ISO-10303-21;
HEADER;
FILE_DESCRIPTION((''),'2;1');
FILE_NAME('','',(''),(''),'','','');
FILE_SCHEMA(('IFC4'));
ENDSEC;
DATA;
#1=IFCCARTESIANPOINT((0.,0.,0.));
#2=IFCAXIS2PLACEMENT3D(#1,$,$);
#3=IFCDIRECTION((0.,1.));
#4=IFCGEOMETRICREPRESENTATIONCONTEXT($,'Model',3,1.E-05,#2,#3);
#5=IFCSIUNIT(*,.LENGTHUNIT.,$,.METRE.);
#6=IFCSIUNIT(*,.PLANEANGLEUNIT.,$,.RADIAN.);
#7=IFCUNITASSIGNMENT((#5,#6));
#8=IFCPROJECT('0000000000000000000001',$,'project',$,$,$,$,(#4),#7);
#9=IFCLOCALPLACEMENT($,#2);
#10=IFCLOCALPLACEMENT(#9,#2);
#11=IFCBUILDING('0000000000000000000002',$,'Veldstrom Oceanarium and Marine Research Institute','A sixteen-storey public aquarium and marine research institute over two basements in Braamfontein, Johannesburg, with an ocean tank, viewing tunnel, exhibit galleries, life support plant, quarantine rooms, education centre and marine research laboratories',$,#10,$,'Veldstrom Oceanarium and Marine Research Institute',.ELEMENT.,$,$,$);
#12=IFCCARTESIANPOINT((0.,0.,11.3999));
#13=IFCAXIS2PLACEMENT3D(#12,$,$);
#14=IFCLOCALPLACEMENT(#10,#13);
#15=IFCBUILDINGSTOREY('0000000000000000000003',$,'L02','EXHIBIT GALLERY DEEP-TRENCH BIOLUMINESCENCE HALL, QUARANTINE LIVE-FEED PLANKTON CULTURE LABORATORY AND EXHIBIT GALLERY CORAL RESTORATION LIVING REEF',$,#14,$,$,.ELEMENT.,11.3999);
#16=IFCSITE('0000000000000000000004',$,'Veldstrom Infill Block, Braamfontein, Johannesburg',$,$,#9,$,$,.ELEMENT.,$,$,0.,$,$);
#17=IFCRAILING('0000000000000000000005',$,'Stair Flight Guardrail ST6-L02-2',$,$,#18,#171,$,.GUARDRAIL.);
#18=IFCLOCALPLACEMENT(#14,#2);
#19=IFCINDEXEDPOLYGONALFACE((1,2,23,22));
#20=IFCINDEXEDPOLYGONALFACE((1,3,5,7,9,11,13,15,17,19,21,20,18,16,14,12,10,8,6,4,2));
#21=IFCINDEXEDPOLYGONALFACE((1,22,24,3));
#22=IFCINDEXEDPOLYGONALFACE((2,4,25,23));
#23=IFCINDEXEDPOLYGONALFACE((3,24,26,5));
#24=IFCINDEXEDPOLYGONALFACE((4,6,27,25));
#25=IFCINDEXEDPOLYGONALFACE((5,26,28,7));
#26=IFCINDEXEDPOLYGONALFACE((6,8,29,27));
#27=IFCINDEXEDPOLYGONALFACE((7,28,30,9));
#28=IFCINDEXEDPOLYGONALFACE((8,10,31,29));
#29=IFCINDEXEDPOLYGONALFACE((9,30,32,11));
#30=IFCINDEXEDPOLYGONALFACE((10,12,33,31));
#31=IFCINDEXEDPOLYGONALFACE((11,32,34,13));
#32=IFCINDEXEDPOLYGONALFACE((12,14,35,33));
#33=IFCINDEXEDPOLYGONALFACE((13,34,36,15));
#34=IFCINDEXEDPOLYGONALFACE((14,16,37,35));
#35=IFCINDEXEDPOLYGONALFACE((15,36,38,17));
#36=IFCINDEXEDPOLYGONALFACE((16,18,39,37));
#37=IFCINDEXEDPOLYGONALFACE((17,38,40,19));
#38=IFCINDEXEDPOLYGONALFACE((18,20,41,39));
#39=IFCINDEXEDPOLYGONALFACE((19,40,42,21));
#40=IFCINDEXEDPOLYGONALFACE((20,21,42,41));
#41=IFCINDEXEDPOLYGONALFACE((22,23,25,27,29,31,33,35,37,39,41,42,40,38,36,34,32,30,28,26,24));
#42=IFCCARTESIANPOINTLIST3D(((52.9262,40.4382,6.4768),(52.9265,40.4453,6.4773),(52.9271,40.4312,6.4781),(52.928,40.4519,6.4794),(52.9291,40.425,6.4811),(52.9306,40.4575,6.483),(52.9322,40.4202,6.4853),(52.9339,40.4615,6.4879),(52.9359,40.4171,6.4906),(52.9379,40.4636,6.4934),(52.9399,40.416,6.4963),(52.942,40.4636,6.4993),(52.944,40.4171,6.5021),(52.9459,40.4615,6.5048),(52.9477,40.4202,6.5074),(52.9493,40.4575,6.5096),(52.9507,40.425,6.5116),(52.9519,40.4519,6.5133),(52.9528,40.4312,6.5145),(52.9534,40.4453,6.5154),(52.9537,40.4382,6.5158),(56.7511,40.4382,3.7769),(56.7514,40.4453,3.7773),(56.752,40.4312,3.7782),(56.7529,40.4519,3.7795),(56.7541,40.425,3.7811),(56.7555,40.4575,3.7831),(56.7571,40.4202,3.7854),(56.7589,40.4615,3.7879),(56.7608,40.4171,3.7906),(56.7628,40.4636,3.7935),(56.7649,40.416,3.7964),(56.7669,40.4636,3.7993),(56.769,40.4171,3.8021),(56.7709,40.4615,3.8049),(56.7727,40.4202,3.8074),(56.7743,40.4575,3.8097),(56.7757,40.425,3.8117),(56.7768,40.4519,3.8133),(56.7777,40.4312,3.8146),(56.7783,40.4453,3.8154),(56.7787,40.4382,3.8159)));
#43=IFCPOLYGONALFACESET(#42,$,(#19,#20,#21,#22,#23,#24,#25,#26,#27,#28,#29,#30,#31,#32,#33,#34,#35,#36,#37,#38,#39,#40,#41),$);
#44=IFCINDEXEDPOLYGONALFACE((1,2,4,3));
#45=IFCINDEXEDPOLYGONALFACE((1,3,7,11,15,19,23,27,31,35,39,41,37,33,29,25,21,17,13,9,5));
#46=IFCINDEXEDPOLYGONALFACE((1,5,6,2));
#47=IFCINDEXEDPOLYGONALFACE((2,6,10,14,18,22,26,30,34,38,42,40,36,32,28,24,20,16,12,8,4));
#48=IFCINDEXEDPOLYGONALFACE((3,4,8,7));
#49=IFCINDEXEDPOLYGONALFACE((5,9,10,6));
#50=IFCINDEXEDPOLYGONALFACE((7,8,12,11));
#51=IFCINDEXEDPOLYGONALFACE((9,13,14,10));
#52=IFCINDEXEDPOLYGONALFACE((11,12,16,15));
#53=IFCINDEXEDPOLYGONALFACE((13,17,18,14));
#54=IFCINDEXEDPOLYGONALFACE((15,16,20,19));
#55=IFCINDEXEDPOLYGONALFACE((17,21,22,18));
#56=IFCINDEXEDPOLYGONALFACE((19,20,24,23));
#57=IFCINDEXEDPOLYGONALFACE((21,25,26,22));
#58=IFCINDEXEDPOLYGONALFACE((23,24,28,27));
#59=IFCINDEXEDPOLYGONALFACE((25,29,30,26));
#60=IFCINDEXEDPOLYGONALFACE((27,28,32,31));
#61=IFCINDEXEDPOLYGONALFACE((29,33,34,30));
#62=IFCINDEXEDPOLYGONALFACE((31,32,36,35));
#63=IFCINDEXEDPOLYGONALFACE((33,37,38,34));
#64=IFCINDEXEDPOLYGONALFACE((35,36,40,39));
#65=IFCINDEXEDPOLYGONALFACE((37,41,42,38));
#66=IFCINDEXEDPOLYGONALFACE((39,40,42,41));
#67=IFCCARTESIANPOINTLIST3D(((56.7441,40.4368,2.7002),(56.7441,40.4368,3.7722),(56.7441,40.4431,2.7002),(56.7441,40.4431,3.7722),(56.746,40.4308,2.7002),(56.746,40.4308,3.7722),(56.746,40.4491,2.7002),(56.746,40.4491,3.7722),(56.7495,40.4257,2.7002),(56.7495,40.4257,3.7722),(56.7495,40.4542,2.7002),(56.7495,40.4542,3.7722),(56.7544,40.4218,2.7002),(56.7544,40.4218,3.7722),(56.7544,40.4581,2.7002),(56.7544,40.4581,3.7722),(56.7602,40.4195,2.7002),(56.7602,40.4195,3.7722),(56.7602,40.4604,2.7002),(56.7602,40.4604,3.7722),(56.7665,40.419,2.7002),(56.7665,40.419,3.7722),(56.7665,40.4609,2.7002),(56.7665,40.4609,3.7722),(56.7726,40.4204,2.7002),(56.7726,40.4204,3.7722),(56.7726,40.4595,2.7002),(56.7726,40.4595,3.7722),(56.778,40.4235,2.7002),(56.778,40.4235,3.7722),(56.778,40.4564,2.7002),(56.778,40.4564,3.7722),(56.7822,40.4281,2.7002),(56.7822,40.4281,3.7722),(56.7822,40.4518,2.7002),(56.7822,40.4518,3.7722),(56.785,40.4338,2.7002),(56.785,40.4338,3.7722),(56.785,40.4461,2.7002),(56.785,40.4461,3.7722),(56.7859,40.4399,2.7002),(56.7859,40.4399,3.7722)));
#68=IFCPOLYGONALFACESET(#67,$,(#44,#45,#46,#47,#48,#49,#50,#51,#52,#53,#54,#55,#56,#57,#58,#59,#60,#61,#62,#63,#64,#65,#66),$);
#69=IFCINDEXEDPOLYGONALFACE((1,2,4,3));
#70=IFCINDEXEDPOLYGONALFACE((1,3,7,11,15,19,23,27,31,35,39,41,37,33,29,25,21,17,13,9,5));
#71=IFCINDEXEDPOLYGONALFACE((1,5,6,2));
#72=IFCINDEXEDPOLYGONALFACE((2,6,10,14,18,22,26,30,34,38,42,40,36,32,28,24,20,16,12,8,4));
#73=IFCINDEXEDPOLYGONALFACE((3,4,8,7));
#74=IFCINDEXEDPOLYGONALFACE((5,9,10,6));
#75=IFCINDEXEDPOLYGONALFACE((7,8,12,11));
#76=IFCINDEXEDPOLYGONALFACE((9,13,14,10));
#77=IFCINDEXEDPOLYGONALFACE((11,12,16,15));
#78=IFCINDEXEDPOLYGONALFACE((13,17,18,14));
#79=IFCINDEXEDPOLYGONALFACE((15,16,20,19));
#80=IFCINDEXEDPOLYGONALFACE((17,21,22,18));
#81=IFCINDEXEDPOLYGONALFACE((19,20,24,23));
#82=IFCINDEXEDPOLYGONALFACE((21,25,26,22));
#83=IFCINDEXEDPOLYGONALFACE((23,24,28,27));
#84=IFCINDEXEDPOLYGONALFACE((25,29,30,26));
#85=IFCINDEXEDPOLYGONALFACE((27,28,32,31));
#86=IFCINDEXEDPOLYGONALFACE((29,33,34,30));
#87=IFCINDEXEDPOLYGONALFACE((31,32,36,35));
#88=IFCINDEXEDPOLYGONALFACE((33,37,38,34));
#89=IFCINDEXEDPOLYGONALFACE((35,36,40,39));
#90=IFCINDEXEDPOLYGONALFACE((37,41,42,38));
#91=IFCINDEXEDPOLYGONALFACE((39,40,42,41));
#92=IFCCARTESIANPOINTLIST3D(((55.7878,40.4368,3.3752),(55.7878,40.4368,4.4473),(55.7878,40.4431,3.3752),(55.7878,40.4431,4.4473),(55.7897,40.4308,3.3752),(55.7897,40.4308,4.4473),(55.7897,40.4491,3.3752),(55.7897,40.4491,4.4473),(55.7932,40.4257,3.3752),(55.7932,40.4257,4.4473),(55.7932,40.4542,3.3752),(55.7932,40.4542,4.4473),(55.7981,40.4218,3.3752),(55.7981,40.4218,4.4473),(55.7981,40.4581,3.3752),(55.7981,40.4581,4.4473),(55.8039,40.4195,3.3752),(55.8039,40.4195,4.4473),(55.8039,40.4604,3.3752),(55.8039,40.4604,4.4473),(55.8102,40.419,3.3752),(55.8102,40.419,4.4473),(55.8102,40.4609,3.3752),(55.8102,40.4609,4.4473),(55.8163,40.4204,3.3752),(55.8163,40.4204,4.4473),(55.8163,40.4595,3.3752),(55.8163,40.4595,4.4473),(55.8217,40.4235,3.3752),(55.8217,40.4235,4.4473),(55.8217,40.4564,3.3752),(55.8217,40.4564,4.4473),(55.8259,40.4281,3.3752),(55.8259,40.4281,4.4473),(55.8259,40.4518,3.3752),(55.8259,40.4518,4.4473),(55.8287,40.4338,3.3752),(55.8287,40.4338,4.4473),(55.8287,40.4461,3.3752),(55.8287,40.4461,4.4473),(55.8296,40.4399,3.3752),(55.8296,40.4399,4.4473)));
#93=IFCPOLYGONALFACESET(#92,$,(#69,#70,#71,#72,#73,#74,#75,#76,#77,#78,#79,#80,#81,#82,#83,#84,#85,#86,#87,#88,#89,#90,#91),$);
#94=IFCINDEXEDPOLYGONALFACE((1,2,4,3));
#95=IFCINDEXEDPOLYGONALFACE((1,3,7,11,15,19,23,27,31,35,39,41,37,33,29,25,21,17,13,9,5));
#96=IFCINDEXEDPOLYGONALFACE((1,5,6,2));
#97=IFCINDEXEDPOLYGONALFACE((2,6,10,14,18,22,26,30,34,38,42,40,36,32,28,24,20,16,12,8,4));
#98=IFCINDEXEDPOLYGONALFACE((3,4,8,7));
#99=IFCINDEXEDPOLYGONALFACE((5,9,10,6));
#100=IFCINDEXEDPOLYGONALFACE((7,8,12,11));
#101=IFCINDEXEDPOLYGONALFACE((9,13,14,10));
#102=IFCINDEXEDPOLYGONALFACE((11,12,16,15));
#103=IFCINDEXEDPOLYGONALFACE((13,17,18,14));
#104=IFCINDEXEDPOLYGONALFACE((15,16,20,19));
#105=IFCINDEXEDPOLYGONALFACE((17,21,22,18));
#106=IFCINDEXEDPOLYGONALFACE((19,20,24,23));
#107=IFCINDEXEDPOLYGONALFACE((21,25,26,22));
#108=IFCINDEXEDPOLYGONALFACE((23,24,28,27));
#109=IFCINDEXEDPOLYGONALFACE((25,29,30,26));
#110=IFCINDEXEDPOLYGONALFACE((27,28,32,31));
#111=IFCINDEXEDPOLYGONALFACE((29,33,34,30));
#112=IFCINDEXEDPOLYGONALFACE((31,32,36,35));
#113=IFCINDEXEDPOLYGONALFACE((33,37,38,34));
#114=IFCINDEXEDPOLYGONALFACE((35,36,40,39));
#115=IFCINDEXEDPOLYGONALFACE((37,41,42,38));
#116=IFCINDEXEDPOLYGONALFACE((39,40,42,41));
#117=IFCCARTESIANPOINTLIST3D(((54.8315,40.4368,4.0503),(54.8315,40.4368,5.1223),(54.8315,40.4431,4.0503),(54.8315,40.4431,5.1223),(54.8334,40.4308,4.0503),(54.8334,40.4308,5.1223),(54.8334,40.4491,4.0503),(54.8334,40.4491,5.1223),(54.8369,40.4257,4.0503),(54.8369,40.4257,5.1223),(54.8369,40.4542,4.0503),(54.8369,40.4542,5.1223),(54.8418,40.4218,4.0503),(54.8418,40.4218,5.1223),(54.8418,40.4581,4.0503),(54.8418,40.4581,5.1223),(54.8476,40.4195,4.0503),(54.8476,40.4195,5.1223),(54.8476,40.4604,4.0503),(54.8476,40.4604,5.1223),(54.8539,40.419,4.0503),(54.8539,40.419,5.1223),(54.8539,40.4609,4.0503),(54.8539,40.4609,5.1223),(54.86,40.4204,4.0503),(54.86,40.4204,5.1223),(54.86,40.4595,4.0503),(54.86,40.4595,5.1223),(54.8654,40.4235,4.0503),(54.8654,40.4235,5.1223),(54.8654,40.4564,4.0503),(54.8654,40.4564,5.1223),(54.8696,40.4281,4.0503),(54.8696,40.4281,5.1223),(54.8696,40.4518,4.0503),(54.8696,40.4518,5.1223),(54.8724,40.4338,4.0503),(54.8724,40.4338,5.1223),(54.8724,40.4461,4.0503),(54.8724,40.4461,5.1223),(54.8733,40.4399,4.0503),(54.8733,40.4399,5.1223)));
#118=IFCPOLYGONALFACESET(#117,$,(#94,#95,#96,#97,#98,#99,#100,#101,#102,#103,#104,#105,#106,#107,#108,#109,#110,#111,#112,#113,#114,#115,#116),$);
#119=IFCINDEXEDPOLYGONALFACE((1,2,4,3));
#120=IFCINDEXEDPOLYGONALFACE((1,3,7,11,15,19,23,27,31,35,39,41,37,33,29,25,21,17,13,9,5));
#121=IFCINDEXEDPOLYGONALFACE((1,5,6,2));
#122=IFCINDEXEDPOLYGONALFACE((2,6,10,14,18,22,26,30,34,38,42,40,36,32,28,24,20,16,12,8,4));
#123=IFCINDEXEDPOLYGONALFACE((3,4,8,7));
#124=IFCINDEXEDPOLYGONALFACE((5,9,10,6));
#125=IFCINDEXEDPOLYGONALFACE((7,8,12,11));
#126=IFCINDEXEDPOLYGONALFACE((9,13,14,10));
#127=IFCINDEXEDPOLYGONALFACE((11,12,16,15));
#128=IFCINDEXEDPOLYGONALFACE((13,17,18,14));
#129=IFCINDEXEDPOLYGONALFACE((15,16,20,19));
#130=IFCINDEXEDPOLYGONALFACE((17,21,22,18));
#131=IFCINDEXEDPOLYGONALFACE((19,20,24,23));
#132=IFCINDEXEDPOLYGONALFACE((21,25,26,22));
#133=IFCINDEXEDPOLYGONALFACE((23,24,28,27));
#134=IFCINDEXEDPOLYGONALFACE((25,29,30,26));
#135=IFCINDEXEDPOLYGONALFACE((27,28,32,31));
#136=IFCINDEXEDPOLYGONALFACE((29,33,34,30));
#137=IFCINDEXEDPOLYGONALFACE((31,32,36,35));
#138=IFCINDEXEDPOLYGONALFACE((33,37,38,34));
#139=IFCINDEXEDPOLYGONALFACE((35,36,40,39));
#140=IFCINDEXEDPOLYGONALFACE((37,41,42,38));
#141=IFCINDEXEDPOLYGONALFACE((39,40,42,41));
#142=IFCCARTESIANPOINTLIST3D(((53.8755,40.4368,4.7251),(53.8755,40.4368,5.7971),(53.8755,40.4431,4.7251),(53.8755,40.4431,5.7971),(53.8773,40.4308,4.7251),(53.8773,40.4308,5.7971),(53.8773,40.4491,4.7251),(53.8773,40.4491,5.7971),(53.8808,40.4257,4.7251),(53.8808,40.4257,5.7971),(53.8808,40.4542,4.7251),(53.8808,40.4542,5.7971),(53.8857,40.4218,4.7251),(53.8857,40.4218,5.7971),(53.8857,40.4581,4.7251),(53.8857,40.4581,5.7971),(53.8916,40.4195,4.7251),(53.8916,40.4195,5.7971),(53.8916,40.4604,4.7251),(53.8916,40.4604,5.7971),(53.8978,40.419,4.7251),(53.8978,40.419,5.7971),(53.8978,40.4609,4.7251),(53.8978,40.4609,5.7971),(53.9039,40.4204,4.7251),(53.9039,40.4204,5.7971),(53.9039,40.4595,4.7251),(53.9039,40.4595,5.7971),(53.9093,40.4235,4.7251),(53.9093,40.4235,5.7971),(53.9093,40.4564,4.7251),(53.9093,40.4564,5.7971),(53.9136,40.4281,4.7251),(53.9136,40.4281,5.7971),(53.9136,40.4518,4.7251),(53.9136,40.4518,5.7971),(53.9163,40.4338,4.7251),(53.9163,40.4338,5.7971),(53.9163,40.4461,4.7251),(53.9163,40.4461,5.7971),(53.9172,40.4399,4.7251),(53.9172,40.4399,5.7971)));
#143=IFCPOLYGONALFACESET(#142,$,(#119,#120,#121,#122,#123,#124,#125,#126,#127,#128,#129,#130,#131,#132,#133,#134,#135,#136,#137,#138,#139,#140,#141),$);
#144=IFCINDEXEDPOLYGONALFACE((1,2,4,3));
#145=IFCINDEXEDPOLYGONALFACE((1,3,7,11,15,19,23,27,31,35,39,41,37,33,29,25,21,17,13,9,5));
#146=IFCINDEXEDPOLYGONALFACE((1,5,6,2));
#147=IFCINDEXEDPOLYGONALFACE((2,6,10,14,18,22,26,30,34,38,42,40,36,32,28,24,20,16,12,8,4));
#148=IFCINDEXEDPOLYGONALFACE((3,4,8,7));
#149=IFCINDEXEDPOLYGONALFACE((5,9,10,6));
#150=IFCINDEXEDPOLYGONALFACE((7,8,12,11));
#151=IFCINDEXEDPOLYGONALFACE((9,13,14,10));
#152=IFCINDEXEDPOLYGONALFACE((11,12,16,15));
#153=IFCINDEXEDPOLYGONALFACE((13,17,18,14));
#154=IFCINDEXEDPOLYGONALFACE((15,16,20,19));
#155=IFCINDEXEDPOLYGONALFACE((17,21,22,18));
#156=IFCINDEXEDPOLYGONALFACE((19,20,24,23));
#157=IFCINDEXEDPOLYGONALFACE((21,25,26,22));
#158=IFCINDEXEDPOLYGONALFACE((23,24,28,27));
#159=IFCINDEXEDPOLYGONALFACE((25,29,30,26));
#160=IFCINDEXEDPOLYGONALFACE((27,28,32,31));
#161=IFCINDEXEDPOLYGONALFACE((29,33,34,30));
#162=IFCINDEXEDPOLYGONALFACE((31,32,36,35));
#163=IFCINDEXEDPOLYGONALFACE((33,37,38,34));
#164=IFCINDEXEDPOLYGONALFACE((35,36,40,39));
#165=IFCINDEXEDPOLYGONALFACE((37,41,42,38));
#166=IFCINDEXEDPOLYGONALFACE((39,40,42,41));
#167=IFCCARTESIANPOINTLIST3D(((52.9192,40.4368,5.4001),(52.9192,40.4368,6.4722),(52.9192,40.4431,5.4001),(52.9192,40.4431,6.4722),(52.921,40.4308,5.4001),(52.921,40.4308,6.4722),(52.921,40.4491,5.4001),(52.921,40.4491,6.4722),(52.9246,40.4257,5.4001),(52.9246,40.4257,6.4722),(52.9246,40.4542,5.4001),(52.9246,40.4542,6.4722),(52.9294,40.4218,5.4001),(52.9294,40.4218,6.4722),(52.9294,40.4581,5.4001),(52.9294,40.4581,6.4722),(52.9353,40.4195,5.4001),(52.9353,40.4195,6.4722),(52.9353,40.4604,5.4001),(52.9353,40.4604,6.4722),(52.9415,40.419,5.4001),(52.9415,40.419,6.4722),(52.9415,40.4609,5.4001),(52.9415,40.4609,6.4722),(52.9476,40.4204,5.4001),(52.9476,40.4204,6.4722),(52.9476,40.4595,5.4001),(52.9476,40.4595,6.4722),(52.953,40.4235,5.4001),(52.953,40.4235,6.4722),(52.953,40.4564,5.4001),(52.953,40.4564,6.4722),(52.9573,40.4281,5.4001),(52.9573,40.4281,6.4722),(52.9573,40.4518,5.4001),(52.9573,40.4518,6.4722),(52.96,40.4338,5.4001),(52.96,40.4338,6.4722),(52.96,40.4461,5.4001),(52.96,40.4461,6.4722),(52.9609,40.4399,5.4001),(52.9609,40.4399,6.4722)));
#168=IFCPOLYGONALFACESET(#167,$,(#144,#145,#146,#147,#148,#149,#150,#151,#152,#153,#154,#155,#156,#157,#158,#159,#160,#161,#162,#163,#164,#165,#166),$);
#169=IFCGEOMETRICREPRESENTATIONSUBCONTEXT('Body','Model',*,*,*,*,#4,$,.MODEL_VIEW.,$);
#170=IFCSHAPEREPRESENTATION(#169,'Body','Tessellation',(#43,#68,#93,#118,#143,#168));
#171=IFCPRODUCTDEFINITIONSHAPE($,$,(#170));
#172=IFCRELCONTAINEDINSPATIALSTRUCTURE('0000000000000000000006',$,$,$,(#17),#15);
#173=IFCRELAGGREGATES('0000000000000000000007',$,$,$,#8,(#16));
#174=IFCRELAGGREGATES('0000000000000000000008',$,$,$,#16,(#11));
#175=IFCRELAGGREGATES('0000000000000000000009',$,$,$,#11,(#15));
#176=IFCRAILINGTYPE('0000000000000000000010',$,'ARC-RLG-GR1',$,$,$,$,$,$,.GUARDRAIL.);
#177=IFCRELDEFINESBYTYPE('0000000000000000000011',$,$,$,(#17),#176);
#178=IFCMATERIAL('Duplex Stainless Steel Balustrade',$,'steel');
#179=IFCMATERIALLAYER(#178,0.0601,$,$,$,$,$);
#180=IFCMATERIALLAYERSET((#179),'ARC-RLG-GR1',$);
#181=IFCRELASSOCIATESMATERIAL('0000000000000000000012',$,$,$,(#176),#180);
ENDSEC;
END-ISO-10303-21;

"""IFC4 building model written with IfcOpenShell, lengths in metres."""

from ifc_helpers import new_model, si_unit, direction, frame, origin, origin_2d, place, context, subcontext, project, spatial, circle, extrude, material, layer, layer_set, type_object, element, save


model = new_model("IFC4")

# Units and contexts
model_context = context("Model", 3, precision=1e-05, world=origin(), true_north=direction((0.0, 1.0)))
body_context = subcontext(model_context, "Body", "Model", "MODEL_VIEW")
ifc_project = project(units=[si_unit("LENGTHUNIT", "METRE"), si_unit("PLANEANGLEUNIT", "RADIAN")], contexts=[model_context])

# Site, building, storey
site_placement = place(None, origin())
site = spatial("IfcSite", under=ifc_project, at=site_placement, Name="Veldstrom Infill Block, Braamfontein, Johannesburg", CompositionType="ELEMENT", RefElevation=0.0)
building_placement = place(site_placement, origin())
building = spatial("IfcBuilding", under=site, at=building_placement, Name="Veldstrom Oceanarium and Marine Research Institute", Description="A sixteen-storey public aquarium and marine research institute over two basements in Braamfontein, Johannesburg, with an ocean tank, viewing tunnel, exhibit galleries, life support plant, quarantine rooms, education centre and marine research laboratories", LongName="Veldstrom Oceanarium and Marine Research Institute", CompositionType="ELEMENT")
storey_placement = place(building_placement, frame((0.0, 0.0, 11.3999)))
storey = spatial("IfcBuildingStorey", under=building, at=storey_placement, Name="L02", Description="EXHIBIT GALLERY DEEP-TRENCH BIOLUMINESCENCE HALL, QUARANTINE LIVE-FEED PLANKTON CULTURE LABORATORY AND EXHIBIT GALLERY CORAL RESTORATION LIVING REEF", CompositionType="ELEMENT", Elevation=11.3999)

# Railing
ifc_material_1 = material(Name="Duplex Stainless Steel Balustrade", Category="steel")
ifc_layer_1 = layer(ifc_material_1, 0.0601)
ifc_layer_set_1 = layer_set([ifc_layer_1], Name="ARC-RLG-GR1")
railing_type_1 = type_object("IfcRailingType", Name="ARC-RLG-GR1", PredefinedType="GUARDRAIL", material=ifc_layer_set_1)
railing_1_placement = place(storey_placement, frame((56.7649, 40.4399, 2.7002)))
element("IfcRailing", 1, at=railing_1_placement, inside=storey, type_object=railing_type_1, Name="Stair Flight Guardrail ST6-L02-2", PredefinedType="GUARDRAIL", context=body_context, shape_type="SweptSolid", body=[
    extrude(circle(Radius=0.0239, at=origin_2d()), frame((0.0, 0.0, 1.0962), z_axis=(-0.816969, 0.0, 0.576681), x_axis=(0.0, -1.0, 0.0)), (0.0, 0.0, 1.0), 4.6819),
    extrude(circle(Radius=0.021, at=origin_2d()), origin(), (0.0, 0.0, 1.0), 1.072),
    extrude(circle(Radius=0.021, at=origin_2d()), frame((-0.9563, 0.0, 0.675)), (0.0, 0.0, 1.0), 1.072),
    extrude(circle(Radius=0.021, at=origin_2d()), frame((-1.9126, 0.0, 1.3501)), (0.0, 0.0, 1.0), 1.072),
    extrude(circle(Radius=0.021, at=origin_2d()), frame((-2.8687, 0.0, 2.0249)), (0.0, 0.0, 1.0), 1.072),
    extrude(circle(Radius=0.021, at=origin_2d()), frame((-3.825, 0.0, 2.7)), (0.0, 0.0, 1.0), 1.072),
])

save(model, "model.ifc")
